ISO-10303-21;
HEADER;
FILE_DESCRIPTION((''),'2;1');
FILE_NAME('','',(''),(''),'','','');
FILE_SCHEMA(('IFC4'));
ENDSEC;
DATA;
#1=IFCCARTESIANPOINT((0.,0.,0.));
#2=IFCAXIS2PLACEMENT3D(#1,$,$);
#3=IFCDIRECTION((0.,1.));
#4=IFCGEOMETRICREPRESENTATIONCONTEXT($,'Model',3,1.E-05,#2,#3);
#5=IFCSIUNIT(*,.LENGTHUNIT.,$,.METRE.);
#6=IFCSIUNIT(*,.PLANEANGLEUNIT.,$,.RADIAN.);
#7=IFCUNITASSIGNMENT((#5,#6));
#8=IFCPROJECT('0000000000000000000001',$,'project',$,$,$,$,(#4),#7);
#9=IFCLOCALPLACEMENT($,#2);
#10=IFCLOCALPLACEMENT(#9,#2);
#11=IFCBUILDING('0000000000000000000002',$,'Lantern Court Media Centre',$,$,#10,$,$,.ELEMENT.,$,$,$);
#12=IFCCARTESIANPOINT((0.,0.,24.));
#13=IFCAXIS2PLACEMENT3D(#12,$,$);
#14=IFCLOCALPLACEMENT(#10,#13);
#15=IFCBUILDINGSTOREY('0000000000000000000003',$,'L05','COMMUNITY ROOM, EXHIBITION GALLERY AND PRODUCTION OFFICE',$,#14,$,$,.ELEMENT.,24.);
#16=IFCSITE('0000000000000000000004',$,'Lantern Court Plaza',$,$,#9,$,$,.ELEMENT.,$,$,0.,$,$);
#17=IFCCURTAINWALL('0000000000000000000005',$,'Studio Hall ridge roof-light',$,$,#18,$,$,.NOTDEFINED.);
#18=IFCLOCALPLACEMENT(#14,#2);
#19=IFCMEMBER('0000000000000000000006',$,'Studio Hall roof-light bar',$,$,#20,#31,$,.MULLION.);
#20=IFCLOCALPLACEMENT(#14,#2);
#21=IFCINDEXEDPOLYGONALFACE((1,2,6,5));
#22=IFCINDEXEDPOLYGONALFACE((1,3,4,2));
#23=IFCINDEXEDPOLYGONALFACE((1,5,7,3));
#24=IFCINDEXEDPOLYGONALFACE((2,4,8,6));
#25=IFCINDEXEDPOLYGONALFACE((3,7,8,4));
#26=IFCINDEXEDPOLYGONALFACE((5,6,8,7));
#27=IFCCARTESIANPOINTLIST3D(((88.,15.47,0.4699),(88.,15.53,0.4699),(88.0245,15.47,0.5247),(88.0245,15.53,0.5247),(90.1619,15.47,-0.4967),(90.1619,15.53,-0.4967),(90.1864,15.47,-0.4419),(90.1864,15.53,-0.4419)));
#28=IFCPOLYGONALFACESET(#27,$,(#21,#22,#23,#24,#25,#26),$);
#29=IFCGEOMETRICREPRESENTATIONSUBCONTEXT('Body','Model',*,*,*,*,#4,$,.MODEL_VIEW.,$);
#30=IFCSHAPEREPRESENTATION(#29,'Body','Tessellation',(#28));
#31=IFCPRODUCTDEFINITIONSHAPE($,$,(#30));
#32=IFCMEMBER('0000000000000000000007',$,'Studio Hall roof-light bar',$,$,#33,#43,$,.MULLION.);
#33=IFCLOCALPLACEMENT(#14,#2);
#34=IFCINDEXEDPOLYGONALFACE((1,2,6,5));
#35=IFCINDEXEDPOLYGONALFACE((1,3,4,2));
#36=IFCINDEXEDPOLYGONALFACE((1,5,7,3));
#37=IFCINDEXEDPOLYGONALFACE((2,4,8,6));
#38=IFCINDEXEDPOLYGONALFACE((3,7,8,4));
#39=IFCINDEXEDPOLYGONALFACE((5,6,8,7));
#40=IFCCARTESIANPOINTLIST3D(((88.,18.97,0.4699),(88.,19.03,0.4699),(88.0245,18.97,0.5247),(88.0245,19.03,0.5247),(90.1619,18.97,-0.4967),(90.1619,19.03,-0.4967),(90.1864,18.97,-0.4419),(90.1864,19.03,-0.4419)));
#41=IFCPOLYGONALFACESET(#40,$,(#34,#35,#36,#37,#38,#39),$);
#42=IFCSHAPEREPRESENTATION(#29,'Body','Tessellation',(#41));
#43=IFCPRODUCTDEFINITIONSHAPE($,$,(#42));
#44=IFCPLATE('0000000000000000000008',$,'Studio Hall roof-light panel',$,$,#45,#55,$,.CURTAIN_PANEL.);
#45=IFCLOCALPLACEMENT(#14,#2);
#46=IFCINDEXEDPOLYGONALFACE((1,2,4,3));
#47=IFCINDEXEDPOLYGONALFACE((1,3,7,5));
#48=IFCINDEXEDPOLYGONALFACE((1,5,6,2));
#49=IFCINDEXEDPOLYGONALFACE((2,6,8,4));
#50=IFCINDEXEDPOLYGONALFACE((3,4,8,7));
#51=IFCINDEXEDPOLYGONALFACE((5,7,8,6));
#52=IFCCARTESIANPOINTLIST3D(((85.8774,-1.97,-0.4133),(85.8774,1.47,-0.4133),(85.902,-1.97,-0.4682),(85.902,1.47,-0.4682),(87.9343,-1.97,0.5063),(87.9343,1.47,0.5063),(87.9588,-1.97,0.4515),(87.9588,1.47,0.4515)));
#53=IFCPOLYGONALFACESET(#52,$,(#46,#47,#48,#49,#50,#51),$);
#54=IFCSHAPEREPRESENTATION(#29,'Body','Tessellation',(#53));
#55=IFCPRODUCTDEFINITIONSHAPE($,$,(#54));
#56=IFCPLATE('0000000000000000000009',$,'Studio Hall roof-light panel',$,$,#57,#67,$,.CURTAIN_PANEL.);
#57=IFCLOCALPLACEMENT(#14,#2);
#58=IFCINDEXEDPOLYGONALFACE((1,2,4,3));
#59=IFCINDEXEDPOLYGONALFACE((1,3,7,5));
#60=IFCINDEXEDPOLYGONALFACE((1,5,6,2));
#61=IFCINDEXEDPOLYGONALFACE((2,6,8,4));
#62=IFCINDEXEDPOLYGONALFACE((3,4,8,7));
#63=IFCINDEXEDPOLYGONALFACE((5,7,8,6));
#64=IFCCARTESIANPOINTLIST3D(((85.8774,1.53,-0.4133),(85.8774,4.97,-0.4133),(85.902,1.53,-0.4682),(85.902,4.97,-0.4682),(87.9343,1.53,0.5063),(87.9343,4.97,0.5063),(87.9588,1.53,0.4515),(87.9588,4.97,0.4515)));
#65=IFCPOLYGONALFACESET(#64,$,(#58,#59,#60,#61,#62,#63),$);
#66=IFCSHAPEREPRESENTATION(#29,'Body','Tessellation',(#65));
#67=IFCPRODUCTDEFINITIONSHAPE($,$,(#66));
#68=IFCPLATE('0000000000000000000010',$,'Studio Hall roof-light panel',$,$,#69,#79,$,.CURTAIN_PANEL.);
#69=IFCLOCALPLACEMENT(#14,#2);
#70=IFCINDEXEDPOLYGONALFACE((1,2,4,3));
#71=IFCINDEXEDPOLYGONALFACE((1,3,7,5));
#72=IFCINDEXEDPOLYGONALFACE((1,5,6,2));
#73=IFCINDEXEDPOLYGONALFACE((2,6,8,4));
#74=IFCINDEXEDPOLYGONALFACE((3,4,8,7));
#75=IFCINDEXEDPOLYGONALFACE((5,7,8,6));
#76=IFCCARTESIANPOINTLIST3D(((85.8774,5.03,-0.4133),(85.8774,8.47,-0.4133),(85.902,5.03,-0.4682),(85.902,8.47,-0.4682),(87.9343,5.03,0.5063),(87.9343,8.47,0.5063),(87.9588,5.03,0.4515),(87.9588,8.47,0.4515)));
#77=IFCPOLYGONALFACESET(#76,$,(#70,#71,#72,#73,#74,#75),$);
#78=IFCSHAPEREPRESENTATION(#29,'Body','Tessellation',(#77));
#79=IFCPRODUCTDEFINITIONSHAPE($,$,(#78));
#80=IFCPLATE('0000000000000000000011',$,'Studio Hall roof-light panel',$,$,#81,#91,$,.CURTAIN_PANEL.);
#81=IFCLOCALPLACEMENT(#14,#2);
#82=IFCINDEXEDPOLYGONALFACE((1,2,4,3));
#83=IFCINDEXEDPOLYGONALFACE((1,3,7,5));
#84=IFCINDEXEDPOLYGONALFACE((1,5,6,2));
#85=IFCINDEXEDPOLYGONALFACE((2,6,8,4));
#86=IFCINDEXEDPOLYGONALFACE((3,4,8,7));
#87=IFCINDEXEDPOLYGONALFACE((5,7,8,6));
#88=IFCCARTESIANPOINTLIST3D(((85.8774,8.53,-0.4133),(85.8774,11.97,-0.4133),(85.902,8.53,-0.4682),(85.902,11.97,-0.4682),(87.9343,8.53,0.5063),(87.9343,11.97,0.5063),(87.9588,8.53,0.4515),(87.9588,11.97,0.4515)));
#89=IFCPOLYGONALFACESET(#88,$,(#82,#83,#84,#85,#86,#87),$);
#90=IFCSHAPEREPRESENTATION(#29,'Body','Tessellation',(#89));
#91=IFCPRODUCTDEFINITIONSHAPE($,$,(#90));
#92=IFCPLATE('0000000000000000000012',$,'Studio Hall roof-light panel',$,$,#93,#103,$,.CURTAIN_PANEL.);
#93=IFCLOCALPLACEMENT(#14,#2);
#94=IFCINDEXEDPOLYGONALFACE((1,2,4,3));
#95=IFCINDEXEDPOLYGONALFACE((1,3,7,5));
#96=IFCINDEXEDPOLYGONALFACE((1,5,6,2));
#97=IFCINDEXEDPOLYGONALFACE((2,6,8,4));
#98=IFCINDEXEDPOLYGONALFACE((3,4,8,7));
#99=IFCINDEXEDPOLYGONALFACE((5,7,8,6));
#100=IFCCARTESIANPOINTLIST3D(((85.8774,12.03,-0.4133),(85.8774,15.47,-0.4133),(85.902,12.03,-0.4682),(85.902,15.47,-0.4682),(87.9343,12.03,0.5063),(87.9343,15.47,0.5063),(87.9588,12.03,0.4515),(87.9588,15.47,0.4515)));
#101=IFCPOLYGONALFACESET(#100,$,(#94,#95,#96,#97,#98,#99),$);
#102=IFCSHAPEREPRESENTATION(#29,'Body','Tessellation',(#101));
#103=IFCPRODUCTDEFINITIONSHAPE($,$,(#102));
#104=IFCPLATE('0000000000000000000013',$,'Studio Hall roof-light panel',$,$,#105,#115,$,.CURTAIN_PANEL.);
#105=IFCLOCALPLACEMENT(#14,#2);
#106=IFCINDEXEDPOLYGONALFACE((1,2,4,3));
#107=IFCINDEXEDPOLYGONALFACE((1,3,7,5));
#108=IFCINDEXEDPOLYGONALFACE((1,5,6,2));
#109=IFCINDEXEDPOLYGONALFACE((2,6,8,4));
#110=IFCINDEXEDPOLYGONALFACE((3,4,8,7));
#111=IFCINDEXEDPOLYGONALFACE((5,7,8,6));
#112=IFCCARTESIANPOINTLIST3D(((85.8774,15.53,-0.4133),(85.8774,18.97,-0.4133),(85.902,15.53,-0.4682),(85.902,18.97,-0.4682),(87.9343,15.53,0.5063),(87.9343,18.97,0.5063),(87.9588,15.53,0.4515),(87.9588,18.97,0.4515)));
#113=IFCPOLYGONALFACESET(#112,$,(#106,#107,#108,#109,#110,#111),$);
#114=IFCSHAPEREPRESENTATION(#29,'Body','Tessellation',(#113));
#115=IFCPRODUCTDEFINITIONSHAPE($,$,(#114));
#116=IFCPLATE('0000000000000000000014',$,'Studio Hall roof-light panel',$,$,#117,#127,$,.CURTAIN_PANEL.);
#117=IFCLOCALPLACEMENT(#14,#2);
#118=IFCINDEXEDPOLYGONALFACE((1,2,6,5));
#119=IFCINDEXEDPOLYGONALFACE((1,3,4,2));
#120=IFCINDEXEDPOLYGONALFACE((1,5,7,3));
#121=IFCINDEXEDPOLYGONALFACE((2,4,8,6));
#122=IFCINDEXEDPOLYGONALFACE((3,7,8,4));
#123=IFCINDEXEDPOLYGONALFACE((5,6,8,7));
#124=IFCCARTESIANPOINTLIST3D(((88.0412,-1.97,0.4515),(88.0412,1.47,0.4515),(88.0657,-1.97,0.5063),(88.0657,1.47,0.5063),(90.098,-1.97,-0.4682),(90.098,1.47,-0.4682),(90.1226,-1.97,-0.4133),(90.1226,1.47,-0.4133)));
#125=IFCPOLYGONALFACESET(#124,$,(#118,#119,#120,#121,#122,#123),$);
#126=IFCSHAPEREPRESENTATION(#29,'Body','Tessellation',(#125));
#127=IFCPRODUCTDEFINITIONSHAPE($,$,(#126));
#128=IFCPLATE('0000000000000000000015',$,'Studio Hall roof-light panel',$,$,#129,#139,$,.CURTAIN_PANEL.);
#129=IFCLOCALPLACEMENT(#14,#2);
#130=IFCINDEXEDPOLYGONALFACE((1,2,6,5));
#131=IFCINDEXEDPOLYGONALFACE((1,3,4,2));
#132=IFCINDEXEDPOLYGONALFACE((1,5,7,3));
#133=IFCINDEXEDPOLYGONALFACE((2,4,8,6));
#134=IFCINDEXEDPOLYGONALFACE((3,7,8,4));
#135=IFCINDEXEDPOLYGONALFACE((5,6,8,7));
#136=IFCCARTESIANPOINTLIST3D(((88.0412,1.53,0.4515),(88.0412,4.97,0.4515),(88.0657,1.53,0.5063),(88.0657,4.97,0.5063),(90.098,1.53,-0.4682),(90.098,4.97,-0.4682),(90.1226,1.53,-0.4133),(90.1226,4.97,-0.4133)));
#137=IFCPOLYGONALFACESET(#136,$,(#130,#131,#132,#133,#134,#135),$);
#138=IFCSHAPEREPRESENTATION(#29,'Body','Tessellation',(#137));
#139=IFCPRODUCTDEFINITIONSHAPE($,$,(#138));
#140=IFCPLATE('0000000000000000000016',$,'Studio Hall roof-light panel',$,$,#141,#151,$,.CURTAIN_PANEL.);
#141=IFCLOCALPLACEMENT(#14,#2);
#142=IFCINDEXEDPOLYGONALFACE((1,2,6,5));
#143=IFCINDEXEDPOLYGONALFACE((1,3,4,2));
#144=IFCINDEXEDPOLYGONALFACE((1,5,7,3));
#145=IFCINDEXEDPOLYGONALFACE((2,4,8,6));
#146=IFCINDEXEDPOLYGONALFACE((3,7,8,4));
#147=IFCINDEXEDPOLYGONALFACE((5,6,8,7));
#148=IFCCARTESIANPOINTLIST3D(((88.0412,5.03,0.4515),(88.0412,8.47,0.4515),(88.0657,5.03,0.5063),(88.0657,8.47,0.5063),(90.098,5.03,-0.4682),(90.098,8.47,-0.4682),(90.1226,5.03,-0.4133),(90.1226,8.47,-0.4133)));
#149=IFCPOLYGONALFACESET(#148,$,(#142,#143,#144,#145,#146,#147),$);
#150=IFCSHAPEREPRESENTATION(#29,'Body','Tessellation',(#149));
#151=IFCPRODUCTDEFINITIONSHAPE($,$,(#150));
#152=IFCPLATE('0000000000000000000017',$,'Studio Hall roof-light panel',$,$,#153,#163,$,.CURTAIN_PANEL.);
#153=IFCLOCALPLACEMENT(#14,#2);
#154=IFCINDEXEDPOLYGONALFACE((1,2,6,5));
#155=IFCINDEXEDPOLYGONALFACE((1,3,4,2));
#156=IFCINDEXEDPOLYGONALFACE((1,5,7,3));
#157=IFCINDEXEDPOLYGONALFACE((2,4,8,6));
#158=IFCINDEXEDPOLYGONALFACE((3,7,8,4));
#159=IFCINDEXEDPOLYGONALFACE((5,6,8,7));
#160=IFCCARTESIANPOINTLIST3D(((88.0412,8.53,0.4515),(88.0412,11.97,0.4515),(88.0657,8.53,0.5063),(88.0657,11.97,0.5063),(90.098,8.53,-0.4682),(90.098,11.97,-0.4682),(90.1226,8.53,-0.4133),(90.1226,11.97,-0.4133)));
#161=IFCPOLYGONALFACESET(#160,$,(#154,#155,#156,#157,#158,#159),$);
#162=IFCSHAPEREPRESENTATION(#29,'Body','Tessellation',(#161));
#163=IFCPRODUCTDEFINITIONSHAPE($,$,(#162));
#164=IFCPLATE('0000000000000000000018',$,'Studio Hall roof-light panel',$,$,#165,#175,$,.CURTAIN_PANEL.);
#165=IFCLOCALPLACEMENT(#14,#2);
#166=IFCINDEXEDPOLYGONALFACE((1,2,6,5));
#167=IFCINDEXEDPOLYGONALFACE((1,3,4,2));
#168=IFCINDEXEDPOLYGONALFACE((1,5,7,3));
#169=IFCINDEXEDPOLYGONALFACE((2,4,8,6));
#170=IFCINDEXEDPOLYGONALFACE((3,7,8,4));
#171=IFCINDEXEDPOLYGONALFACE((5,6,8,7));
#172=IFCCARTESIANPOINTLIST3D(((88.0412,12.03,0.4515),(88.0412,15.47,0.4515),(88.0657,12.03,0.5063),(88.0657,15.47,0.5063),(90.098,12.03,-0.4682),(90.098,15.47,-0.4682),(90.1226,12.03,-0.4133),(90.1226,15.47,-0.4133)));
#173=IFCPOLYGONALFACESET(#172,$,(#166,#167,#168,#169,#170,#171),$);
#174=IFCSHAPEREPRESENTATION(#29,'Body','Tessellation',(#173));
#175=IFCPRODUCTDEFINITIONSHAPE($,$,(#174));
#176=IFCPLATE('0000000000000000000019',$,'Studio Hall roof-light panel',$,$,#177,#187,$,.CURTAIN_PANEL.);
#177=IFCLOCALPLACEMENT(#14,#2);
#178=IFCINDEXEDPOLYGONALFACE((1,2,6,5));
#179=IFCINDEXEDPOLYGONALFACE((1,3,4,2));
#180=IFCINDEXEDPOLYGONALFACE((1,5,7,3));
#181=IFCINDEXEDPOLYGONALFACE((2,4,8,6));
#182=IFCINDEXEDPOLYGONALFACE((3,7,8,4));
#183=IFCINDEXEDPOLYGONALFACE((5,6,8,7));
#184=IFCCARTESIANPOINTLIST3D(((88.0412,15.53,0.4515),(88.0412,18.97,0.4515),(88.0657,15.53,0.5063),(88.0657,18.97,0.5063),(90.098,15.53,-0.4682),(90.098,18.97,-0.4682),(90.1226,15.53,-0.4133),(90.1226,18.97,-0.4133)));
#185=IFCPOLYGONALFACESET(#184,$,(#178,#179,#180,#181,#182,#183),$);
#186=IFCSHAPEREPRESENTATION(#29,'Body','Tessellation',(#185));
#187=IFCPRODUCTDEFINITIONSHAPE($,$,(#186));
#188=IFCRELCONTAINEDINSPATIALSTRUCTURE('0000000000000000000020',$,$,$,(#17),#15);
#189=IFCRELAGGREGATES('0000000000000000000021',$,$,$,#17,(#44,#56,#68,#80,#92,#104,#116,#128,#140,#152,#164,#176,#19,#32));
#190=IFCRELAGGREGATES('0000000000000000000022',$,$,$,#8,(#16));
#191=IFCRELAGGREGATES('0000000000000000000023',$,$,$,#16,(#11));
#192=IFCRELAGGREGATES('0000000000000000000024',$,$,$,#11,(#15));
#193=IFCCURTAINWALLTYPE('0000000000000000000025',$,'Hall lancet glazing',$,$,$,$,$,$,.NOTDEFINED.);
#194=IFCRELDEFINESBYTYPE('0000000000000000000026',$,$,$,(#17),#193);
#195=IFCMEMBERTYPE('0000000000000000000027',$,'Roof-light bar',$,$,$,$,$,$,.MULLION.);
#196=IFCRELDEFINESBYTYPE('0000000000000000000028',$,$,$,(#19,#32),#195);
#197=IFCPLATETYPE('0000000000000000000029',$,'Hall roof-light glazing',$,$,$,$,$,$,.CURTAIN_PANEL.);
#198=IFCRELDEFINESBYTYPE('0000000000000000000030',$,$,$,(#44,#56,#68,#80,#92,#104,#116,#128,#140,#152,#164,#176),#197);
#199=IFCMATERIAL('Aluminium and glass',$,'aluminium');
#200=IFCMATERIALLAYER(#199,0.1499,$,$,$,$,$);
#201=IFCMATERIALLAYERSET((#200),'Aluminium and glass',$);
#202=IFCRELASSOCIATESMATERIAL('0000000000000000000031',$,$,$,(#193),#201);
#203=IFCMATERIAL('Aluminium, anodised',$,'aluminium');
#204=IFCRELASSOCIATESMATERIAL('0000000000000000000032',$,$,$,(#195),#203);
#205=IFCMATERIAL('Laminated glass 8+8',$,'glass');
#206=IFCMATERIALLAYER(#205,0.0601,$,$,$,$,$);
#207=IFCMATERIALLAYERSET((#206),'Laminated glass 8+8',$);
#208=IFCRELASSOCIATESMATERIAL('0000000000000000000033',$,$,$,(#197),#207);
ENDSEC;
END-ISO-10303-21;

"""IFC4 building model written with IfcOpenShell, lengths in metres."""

from ifc_helpers import new_model, si_unit, direction, frame, origin, origin_2d, place, context, subcontext, project, spatial, polyline, rectangle, outline, extrude, material, layer, layer_set, material_profile, profile_set, type_object, element, aggregate, save


model = new_model("IFC4")

# Units and contexts
model_context = context("Model", 3, precision=1e-05, world=origin(), true_north=direction((0.0, 1.0)))
body_context = subcontext(model_context, "Body", "Model", "MODEL_VIEW")
ifc_project = project(units=[si_unit("LENGTHUNIT", "METRE"), si_unit("PLANEANGLEUNIT", "RADIAN")], contexts=[model_context])

# Site, building, storey
site_placement = place(None, origin())
site = spatial("IfcSite", under=ifc_project, at=site_placement, Name="Lantern Court Plaza", CompositionType="ELEMENT", RefElevation=0.0)
building_placement = place(site_placement, origin())
building = spatial("IfcBuilding", under=site, at=building_placement, Name="Lantern Court Media Centre", CompositionType="ELEMENT")
storey_placement = place(building_placement, frame((0.0, 0.0, 24.0)))
storey = spatial("IfcBuildingStorey", under=building, at=storey_placement, Name="L05", Description="COMMUNITY ROOM, EXHIBITION GALLERY AND PRODUCTION OFFICE", CompositionType="ELEMENT", Elevation=24.0)

# Curtain wall, members, plates
ifc_material_1 = material(Name="Aluminium and glass", Category="aluminium")
ifc_layer_1 = layer(ifc_material_1, 0.1499)
ifc_layer_set_1 = layer_set([ifc_layer_1], Name="Aluminium and glass")
curtain_wall_type = type_object("IfcCurtainWallType", Name="Hall lancet glazing", PredefinedType="NOTDEFINED", material=ifc_layer_set_1)
curtain_wall_placement = place(storey_placement, origin())
curtain_wall = element("IfcCurtainWall", 1, at=curtain_wall_placement, inside=storey, type_object=curtain_wall_type, Name="Studio Hall ridge roof-light", PredefinedType="NOTDEFINED")
ifc_material_2 = material(Name="Aluminium, anodised", Category="aluminium")
placement = place(building_placement, frame((0.0, 0.0, 19.2)))
ifc_material_profile_1 = material_profile(ifc_material_2, rectangle(XDim=0.0601, YDim=0.0601, at=origin_2d()), Name="Roof-light bar")
ifc_profile_set_1 = profile_set([ifc_material_profile_1], Name="Aluminium, anodised")
member_type_1 = type_object("IfcMemberType", Name="Roof-light bar", PredefinedType="MULLION", material=ifc_profile_set_1)
member_1_placement = place(storey_placement, frame((88.0122, 15.5, 0.4973), z_axis=(0.912912, 0.0, -0.408156), x_axis=(0.0, 1.0, 0.0)))
member_1 = element("IfcMember", 2, at=member_1_placement, type_object=member_type_1, Name="Studio Hall roof-light bar", PredefinedType="MULLION", context=body_context, shape_type="SweptSolid", body=[
    extrude(rectangle(XDim=0.0601, YDim=0.0601, at=origin_2d()), origin(), (0.0, 0.0, 1.0), 2.3682),
])
member_2_placement = place(storey_placement, frame((88.0122, 19.0, 0.4973), z_axis=(0.912912, 0.0, -0.408156), x_axis=(0.0, 1.0, 0.0)))
member_2 = element("IfcMember", 3, at=member_2_placement, type_object=member_type_1, Name="Studio Hall roof-light bar", PredefinedType="MULLION", context=body_context, shape_type="SweptSolid", body=[
    extrude(rectangle(XDim=0.0601, YDim=0.0601, at=origin_2d()), origin(), (0.0, 0.0, 1.0), 2.3682),
])
ifc_material_3 = material(Name="Laminated glass 8+8", Category="glass")
ifc_layer_2 = layer(ifc_material_3, 0.0601)
ifc_layer_set_2 = layer_set([ifc_layer_2], Name="Laminated glass 8+8")
plate_type = type_object("IfcPlateType", Name="Hall roof-light glazing", PredefinedType="CURTAIN_PANEL", material=ifc_layer_set_2)
plate_1_placement = place(placement, frame((85.8774, -1.97, 4.3867), z_axis=(-0.408178, 0.0, 0.912902), x_axis=(0.912902, 0.0, 0.408178)))
plate_1 = element("IfcPlate", 4, at=plate_1_placement, type_object=plate_type, Name="Studio Hall roof-light panel", PredefinedType="CURTAIN_PANEL", context=body_context, shape_type="SweptSolid", body=[
    extrude(outline(polyline([(0.0, 0.0), (2.2531, 0.0), (2.2531, 3.4399), (0.0, 3.4399), (0.0, 0.0)])), origin(), (0.0, 0.0, -1.0), 0.0601),
])
plate_2_placement = place(placement, frame((85.8774, 1.53, 4.3867), z_axis=(-0.408178, 0.0, 0.912902), x_axis=(0.912902, 0.0, 0.408178)))
plate_2 = element("IfcPlate", 5, at=plate_2_placement, type_object=plate_type, Name="Studio Hall roof-light panel", PredefinedType="CURTAIN_PANEL", context=body_context, shape_type="SweptSolid", body=[
    extrude(outline(polyline([(0.0, 0.0), (2.2531, 0.0), (2.2531, 3.4399), (0.0, 3.4399), (0.0, 0.0)])), origin(), (0.0, 0.0, -1.0), 0.0601),
])
plate_3_placement = place(placement, frame((85.8774, 5.03, 4.3867), z_axis=(-0.408178, 0.0, 0.912902), x_axis=(0.912902, 0.0, 0.408178)))
plate_3 = element("IfcPlate", 6, at=plate_3_placement, type_object=plate_type, Name="Studio Hall roof-light panel", PredefinedType="CURTAIN_PANEL", context=body_context, shape_type="SweptSolid", body=[
    extrude(outline(polyline([(0.0, 0.0), (2.2531, 0.0), (2.2531, 3.4399), (0.0, 3.4399), (0.0, 0.0)])), origin(), (0.0, 0.0, -1.0), 0.0601),
])
plate_4_placement = place(placement, frame((85.8774, 8.53, 4.3867), z_axis=(-0.408178, 0.0, 0.912902), x_axis=(0.912902, 0.0, 0.408178)))
plate_4 = element("IfcPlate", 7, at=plate_4_placement, type_object=plate_type, Name="Studio Hall roof-light panel", PredefinedType="CURTAIN_PANEL", context=body_context, shape_type="SweptSolid", body=[
    extrude(outline(polyline([(0.0, 0.0), (2.2531, 0.0), (2.2531, 3.4399), (0.0, 3.4399), (0.0, 0.0)])), origin(), (0.0, 0.0, -1.0), 0.0601),
])
plate_5_placement = place(placement, frame((85.8774, 12.03, 4.3867), z_axis=(-0.408178, 0.0, 0.912902), x_axis=(0.912902, 0.0, 0.408178)))
plate_5 = element("IfcPlate", 8, at=plate_5_placement, type_object=plate_type, Name="Studio Hall roof-light panel", PredefinedType="CURTAIN_PANEL", context=body_context, shape_type="SweptSolid", body=[
    extrude(outline(polyline([(0.0, 0.0), (2.2531, 0.0), (2.2531, 3.4399), (0.0, 3.4399), (0.0, 0.0)])), origin(), (0.0, 0.0, -1.0), 0.0601),
])
plate_6_placement = place(placement, frame((85.8774, 15.53, 4.3867), z_axis=(-0.408178, 0.0, 0.912902), x_axis=(0.912902, 0.0, 0.408178)))
plate_6 = element("IfcPlate", 9, at=plate_6_placement, type_object=plate_type, Name="Studio Hall roof-light panel", PredefinedType="CURTAIN_PANEL", context=body_context, shape_type="SweptSolid", body=[
    extrude(outline(polyline([(0.0, 0.0), (2.2531, 0.0), (2.2531, 3.4399), (0.0, 3.4399), (0.0, 0.0)])), origin(), (0.0, 0.0, -1.0), 0.0601),
])
plate_7_placement = place(storey_placement, frame((88.0657, -1.97, 0.5063), z_axis=(0.408178, 0.0, 0.912902), x_axis=(0.912902, 0.0, -0.408178)))
plate_7 = element("IfcPlate", 10, at=plate_7_placement, type_object=plate_type, Name="Studio Hall roof-light panel", PredefinedType="CURTAIN_PANEL", context=body_context, shape_type="SweptSolid", body=[
    extrude(outline(polyline([(0.0, 0.0), (2.2531, 0.0), (2.2531, 3.4399), (0.0, 3.4399), (0.0, 0.0)])), origin(), (0.0, 0.0, -1.0), 0.0601),
])
plate_8_placement = place(storey_placement, frame((88.0657, 1.53, 0.5063), z_axis=(0.408178, 0.0, 0.912902), x_axis=(0.912902, 0.0, -0.408178)))
plate_8 = element("IfcPlate", 11, at=plate_8_placement, type_object=plate_type, Name="Studio Hall roof-light panel", PredefinedType="CURTAIN_PANEL", context=body_context, shape_type="SweptSolid", body=[
    extrude(outline(polyline([(0.0, 0.0), (2.2531, 0.0), (2.2531, 3.4399), (0.0, 3.4399), (0.0, 0.0)])), origin(), (0.0, 0.0, -1.0), 0.0601),
])
plate_9_placement = place(storey_placement, frame((88.0657, 5.03, 0.5063), z_axis=(0.408178, 0.0, 0.912902), x_axis=(0.912902, 0.0, -0.408178)))
plate_9 = element("IfcPlate", 12, at=plate_9_placement, type_object=plate_type, Name="Studio Hall roof-light panel", PredefinedType="CURTAIN_PANEL", context=body_context, shape_type="SweptSolid", body=[
    extrude(outline(polyline([(0.0, 0.0), (2.2531, 0.0), (2.2531, 3.4399), (0.0, 3.4399), (0.0, 0.0)])), origin(), (0.0, 0.0, -1.0), 0.0601),
])
plate_10_placement = place(storey_placement, frame((88.0657, 8.53, 0.5063), z_axis=(0.408178, 0.0, 0.912902), x_axis=(0.912902, 0.0, -0.408178)))
plate_10 = element("IfcPlate", 13, at=plate_10_placement, type_object=plate_type, Name="Studio Hall roof-light panel", PredefinedType="CURTAIN_PANEL", context=body_context, shape_type="SweptSolid", body=[
    extrude(outline(polyline([(0.0, 0.0), (2.2531, 0.0), (2.2531, 3.4399), (0.0, 3.4399), (0.0, 0.0)])), origin(), (0.0, 0.0, -1.0), 0.0601),
])
plate_11_placement = place(storey_placement, frame((88.0657, 12.03, 0.5063), z_axis=(0.408178, 0.0, 0.912902), x_axis=(0.912902, 0.0, -0.408178)))
plate_11 = element("IfcPlate", 14, at=plate_11_placement, type_object=plate_type, Name="Studio Hall roof-light panel", PredefinedType="CURTAIN_PANEL", context=body_context, shape_type="SweptSolid", body=[
    extrude(outline(polyline([(0.0, 0.0), (2.2531, 0.0), (2.2531, 3.4399), (0.0, 3.4399), (0.0, 0.0)])), origin(), (0.0, 0.0, -1.0), 0.0601),
])
plate_12_placement = place(storey_placement, frame((88.0657, 15.53, 0.5063), z_axis=(0.408178, 0.0, 0.912902), x_axis=(0.912902, 0.0, -0.408178)))
plate_12 = element("IfcPlate", 15, at=plate_12_placement, type_object=plate_type, Name="Studio Hall roof-light panel", PredefinedType="CURTAIN_PANEL", context=body_context, shape_type="SweptSolid", body=[
    extrude(outline(polyline([(0.0, 0.0), (2.2531, 0.0), (2.2531, 3.4399), (0.0, 3.4399), (0.0, 0.0)])), origin(), (0.0, 0.0, -1.0), 0.0601),
])
aggregate(curtain_wall, [plate_1, plate_2, plate_3, plate_4, plate_5, plate_6, plate_7, plate_8, plate_9, plate_10, plate_11, plate_12, member_1, member_2])

save(model, "model.ifc")
